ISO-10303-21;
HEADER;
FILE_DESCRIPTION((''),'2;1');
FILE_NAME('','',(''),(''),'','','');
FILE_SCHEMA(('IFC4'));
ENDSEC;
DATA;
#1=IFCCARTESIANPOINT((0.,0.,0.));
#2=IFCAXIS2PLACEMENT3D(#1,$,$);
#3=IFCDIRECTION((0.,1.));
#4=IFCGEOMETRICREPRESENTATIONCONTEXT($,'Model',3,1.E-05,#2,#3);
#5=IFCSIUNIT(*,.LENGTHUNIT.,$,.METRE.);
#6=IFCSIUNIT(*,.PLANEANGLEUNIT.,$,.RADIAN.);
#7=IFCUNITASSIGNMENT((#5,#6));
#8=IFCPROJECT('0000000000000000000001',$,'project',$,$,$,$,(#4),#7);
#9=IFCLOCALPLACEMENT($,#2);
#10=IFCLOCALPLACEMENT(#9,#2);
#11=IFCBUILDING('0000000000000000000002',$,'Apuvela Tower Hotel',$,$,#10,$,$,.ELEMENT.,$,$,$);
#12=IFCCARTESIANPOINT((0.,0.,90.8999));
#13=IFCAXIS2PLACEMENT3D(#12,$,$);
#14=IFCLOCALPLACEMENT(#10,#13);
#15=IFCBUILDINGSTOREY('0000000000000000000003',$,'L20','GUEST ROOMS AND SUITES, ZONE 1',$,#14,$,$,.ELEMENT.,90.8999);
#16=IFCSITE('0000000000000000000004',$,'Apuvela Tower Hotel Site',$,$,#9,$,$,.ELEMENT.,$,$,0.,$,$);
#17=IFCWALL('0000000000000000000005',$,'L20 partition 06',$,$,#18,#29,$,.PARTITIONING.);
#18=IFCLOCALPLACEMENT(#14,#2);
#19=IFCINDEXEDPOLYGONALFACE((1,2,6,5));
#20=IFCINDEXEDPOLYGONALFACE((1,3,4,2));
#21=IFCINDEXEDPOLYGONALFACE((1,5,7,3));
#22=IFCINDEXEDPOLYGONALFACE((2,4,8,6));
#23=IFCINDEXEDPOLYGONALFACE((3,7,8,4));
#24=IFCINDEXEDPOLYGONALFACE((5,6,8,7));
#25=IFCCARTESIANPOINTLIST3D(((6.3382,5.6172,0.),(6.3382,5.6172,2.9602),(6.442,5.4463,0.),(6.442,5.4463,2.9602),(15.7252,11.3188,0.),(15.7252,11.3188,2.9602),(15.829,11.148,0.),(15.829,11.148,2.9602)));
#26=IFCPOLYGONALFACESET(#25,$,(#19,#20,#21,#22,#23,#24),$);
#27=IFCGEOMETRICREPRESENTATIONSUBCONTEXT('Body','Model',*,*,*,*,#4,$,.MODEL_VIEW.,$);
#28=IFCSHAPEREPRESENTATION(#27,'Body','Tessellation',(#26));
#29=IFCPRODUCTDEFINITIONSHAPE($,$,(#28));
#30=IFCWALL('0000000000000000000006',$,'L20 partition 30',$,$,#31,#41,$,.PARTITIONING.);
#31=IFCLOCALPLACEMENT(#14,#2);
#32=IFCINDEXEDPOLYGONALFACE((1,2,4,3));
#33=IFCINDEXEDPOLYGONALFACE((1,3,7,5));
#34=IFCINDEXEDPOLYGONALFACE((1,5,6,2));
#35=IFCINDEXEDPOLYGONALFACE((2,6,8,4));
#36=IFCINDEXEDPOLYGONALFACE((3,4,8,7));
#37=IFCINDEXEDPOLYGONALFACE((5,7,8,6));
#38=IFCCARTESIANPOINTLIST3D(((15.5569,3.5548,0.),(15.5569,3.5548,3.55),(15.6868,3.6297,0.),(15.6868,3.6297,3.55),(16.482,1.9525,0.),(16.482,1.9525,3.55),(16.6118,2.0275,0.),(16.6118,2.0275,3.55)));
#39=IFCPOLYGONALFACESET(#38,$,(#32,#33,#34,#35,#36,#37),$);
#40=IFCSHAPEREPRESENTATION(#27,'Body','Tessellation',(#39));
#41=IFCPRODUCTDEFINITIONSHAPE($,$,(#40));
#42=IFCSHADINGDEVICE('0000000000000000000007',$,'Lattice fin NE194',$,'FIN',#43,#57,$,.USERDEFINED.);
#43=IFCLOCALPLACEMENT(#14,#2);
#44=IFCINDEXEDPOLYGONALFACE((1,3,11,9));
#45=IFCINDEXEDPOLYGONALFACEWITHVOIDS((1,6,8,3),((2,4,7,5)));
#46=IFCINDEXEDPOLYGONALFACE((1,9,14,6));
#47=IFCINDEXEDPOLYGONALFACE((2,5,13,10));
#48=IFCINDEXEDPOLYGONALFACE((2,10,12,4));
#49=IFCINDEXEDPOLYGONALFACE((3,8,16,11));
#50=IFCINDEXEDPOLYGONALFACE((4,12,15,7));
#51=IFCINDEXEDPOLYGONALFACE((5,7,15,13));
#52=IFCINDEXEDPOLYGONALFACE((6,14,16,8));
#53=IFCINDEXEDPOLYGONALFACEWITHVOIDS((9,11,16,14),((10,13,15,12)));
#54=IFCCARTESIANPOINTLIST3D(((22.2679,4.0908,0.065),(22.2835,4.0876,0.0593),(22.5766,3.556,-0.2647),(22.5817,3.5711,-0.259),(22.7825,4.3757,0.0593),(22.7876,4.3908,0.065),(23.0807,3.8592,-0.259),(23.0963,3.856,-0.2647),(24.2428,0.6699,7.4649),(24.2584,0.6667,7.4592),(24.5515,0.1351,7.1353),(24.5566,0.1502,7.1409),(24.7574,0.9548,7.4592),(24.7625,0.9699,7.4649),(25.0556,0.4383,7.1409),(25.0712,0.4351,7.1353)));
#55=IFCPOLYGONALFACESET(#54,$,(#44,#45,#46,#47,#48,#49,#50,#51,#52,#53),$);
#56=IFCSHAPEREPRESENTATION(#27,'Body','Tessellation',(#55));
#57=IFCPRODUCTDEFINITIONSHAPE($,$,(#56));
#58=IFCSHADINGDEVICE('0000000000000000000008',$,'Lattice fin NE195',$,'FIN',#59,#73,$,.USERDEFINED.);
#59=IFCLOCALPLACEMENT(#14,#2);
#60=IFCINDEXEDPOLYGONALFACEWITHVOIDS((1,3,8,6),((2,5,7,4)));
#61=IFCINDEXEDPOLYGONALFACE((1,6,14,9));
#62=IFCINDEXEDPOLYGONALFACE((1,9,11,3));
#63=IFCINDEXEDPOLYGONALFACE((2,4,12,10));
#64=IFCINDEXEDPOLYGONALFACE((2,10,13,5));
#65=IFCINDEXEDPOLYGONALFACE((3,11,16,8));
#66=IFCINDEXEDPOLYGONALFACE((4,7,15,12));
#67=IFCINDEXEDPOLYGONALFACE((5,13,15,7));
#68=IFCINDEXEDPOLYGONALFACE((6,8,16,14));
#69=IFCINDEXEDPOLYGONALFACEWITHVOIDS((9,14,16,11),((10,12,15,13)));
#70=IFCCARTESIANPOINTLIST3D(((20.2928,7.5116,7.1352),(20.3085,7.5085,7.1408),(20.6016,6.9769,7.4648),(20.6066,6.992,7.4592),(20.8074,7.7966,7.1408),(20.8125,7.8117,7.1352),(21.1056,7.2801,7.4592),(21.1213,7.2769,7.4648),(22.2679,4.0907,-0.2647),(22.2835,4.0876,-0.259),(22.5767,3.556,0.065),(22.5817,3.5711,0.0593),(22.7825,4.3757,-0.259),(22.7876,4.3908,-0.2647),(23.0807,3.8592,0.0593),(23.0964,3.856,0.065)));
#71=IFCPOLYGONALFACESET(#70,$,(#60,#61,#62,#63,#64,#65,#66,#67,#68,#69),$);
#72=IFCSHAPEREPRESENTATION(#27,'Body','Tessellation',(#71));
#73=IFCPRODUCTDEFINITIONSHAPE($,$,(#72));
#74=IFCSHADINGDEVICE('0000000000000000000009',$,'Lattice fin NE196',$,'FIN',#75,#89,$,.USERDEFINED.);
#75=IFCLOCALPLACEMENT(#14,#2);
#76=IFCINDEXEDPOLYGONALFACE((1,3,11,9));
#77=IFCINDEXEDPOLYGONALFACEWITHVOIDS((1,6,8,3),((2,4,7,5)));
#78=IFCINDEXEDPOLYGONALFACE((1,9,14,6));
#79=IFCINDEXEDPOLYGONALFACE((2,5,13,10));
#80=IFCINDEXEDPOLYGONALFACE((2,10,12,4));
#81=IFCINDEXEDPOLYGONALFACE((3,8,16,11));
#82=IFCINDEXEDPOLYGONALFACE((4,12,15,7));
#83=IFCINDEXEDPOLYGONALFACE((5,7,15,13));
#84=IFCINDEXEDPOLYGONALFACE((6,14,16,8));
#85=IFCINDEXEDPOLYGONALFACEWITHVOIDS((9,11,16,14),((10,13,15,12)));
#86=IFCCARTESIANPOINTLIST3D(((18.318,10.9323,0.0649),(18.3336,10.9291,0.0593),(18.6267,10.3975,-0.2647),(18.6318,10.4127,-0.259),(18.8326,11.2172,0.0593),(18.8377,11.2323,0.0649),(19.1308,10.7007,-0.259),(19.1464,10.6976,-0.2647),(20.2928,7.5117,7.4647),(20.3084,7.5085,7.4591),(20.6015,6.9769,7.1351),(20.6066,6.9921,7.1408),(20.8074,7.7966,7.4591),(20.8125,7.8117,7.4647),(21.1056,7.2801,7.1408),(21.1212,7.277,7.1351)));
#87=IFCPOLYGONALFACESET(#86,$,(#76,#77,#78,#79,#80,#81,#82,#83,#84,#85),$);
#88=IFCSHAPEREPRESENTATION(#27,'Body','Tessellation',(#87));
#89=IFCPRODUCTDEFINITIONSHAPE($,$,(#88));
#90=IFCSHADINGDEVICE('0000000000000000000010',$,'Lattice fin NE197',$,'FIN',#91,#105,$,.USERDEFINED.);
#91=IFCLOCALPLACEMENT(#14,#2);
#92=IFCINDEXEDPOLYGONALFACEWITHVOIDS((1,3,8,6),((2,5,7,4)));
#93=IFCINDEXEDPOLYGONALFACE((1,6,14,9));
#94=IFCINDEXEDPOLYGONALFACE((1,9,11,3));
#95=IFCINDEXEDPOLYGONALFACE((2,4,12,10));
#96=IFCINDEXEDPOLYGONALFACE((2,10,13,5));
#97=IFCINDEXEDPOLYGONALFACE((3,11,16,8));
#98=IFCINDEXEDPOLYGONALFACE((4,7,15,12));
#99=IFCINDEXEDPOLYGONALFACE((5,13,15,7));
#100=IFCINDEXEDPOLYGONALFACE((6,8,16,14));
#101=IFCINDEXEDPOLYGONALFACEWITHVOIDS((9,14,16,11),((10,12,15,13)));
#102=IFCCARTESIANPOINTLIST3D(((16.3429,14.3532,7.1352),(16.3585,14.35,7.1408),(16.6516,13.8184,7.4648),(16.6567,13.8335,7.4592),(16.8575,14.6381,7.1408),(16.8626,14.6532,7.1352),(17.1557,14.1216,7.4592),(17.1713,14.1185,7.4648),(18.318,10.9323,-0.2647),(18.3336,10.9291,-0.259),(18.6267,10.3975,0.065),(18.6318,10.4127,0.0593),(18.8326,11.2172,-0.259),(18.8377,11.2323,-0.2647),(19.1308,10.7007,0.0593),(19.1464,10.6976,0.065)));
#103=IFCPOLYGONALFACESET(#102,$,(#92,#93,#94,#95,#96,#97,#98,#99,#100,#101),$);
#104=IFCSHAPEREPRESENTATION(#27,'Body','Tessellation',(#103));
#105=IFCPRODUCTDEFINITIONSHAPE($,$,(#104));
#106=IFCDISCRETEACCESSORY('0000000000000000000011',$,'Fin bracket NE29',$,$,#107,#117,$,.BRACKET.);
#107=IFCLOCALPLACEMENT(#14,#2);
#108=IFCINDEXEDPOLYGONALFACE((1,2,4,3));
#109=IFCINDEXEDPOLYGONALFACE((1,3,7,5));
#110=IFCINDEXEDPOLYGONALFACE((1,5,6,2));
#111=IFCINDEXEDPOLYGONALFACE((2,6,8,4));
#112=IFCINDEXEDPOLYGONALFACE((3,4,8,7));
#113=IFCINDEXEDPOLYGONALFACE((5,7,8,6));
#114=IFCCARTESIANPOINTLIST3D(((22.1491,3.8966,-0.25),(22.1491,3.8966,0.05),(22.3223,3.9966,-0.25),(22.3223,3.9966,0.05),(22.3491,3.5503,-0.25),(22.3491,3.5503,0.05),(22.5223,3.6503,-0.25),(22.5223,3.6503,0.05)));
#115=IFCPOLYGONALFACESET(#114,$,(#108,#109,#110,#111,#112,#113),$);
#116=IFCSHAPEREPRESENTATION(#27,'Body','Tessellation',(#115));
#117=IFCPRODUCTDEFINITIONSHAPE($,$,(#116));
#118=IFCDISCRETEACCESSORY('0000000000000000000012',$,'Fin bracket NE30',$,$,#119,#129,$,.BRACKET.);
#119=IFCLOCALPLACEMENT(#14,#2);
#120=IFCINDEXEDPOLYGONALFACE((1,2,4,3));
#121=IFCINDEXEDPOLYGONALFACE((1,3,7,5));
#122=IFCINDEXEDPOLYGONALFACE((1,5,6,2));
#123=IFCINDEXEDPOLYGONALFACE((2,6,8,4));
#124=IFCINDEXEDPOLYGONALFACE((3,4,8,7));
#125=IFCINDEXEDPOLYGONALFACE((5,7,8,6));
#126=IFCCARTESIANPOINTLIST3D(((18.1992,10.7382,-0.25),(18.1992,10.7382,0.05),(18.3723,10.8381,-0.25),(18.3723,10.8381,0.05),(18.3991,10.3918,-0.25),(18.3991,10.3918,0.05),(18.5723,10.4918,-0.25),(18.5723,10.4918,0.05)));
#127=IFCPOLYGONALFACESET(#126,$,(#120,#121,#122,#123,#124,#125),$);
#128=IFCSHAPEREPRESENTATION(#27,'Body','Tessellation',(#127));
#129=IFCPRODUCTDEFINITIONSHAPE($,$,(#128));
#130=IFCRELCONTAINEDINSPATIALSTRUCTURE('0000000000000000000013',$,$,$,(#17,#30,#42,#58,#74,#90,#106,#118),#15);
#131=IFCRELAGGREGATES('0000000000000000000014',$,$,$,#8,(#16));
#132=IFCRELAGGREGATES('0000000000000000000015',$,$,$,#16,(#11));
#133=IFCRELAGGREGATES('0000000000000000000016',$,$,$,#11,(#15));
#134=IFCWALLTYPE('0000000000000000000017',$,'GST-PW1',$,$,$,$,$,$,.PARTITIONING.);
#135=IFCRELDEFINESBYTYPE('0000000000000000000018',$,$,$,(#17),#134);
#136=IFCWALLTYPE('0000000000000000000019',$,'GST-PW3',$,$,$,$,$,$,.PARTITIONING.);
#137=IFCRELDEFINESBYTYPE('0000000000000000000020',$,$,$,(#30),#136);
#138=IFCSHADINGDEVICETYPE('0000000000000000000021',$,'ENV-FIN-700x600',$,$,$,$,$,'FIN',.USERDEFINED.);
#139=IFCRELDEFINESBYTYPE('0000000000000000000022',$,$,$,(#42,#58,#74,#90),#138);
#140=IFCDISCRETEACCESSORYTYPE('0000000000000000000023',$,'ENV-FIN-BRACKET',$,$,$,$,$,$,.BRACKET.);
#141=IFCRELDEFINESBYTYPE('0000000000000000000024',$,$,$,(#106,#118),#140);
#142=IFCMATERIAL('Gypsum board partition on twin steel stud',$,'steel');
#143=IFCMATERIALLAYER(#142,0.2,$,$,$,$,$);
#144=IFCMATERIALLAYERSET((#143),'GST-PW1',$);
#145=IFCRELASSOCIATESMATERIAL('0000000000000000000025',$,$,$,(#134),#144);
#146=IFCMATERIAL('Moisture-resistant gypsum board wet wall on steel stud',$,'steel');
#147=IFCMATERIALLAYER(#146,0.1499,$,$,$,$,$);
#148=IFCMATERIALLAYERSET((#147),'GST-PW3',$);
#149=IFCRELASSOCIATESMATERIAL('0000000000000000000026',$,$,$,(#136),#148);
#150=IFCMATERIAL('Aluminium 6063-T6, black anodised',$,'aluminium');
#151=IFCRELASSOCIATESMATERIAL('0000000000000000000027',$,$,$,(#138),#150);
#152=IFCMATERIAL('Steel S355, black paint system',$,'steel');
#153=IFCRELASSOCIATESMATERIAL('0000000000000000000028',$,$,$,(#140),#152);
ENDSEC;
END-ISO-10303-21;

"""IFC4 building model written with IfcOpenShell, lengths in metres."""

from ifc_helpers import new_model, si_unit, direction, frame, frame_2d, origin, origin_2d, place, context, subcontext, project, spatial, rectangle, hollow_rectangle, extrude, material, layer, layer_set, material_profile, profile_set, type_object, element, save


model = new_model("IFC4")

# Units and contexts
model_context = context("Model", 3, precision=1e-05, world=origin(), true_north=direction((0.0, 1.0)))
body_context = subcontext(model_context, "Body", "Model", "MODEL_VIEW")
ifc_project = project(units=[si_unit("LENGTHUNIT", "METRE"), si_unit("PLANEANGLEUNIT", "RADIAN")], contexts=[model_context])

# Site, building, storey
site_placement = place(None, origin())
site = spatial("IfcSite", under=ifc_project, at=site_placement, Name="Apuvela Tower Hotel Site", CompositionType="ELEMENT", RefElevation=0.0)
building_placement = place(site_placement, origin())
building = spatial("IfcBuilding", under=site, at=building_placement, Name="Apuvela Tower Hotel", CompositionType="ELEMENT")
storey_placement = place(building_placement, frame((0.0, 0.0, 90.8999)))
storey = spatial("IfcBuildingStorey", under=building, at=storey_placement, Name="L20", Description="GUEST ROOMS AND SUITES, ZONE 1", CompositionType="ELEMENT", Elevation=90.8999)

# Walls
ifc_material_1 = material(Name="Gypsum board partition on twin steel stud", Category="steel")
ifc_layer_1 = layer(ifc_material_1, 0.2)
ifc_layer_set_1 = layer_set([ifc_layer_1], Name="GST-PW1")
wall_type_1 = type_object("IfcWallType", Name="GST-PW1", PredefinedType="PARTITIONING", material=ifc_layer_set_1)
wall_1_placement = place(storey_placement, frame((15.7771, 11.2334, 0.0), z_axis=(0.0, 0.0, 1.0), x_axis=(-0.854689, -0.51914, 0.0)))
element("IfcWall", 1, at=wall_1_placement, inside=storey, type_object=wall_type_1, Name="L20 partition 06", PredefinedType="PARTITIONING", context=body_context, shape_type="SweptSolid", body=[
    extrude(rectangle(XDim=10.9829, YDim=0.2, at=frame_2d((5.4915, 0.0))), origin(), (0.0, 0.0, 1.0), 2.9602),
])
ifc_material_2 = material(Name="Moisture-resistant gypsum board wet wall on steel stud", Category="steel")
ifc_layer_2 = layer(ifc_material_2, 0.1499)
ifc_layer_set_2 = layer_set([ifc_layer_2], Name="GST-PW3")
wall_type_2 = type_object("IfcWallType", Name="GST-PW3", PredefinedType="PARTITIONING", material=ifc_layer_set_2)
wall_2_placement = place(storey_placement, frame((16.5469, 1.99, 0.0), z_axis=(0.0, 0.0, 1.0), x_axis=(-0.499985, 0.866034, 0.0)))
element("IfcWall", 2, at=wall_2_placement, inside=storey, type_object=wall_type_2, Name="L20 partition 30", PredefinedType="PARTITIONING", context=body_context, shape_type="SweptSolid", body=[
    extrude(rectangle(XDim=1.8501, YDim=0.1499, at=frame_2d((0.925, 0.0))), origin(), (0.0, 0.0, 1.0), 3.55),
])

# Shading devices
ifc_material_3 = material(Name="Aluminium 6063-T6, black anodised", Category="aluminium")
ifc_material_profile_1 = material_profile(ifc_material_3, hollow_rectangle(XDim=0.6001, YDim=0.7, WallThickness=0.012, at=origin_2d()), Name="AL BOX 700x600x12")
ifc_profile_set_1 = profile_set([ifc_material_profile_1], Name="Aluminium 6063-T6, black anodised")
shading_device_type = type_object("IfcShadingDeviceType", Name="ENV-FIN-700x600", ElementType="FIN", PredefinedType="USERDEFINED", material=ifc_profile_set_1)
for number, where, z_axis, x_axis, name in (
    (3, (22.6821, 3.9734, -0.0999), (0.235434, -0.407825, 0.882185), (0.866048, 0.499961, 0.0), "Lattice fin NE194"),
    (4, (22.6821, 3.9734, -0.0999), (-0.235461, 0.407822, 0.882179), (-0.866021, -0.500008, 0.0), "Lattice fin NE195"),
):
    element("IfcShadingDevice", number, at=place(storey_placement, frame(where, z_axis=z_axis, x_axis=x_axis)), inside=storey, type_object=shading_device_type, Name=name, ObjectType="FIN", PredefinedType="USERDEFINED", context=body_context, shape_type="SweptSolid", body=[
        extrude(hollow_rectangle(XDim=0.6001, YDim=0.7, WallThickness=0.012, at=origin_2d()), origin(), (0.0, 0.0, 1.0), 8.3882),
    ])
shading_device_1_placement = place(storey_placement, frame((18.7322, 10.8149, -0.0999), z_axis=(0.235436, -0.407801, 0.882195), x_axis=(0.866032, 0.499988, 0.0)))
element("IfcShadingDevice", 5, at=shading_device_1_placement, inside=storey, type_object=shading_device_type, Name="Lattice fin NE196", ObjectType="FIN", PredefinedType="USERDEFINED", context=body_context, shape_type="SweptSolid", body=[
    extrude(hollow_rectangle(XDim=0.6001, YDim=0.7, WallThickness=0.012, at=origin_2d()), origin(), (0.0, 0.0, 1.0), 8.3879),
])
shading_device_2_placement = place(storey_placement, frame((18.7322, 10.8149, -0.0999), z_axis=(-0.235461, 0.407822, 0.882179), x_axis=(-0.866021, -0.500008, 0.0)))
element("IfcShadingDevice", 6, at=shading_device_2_placement, inside=storey, type_object=shading_device_type, Name="Lattice fin NE197", ObjectType="FIN", PredefinedType="USERDEFINED", context=body_context, shape_type="SweptSolid", body=[
    extrude(hollow_rectangle(XDim=0.6001, YDim=0.7, WallThickness=0.012, at=origin_2d()), origin(), (0.0, 0.0, 1.0), 8.3882),
])

# Discrete accessories
ifc_material_4 = material(Name="Steel S355, black paint system", Category="steel")
discrete_accessory_type = type_object("IfcDiscreteAccessoryType", Name="ENV-FIN-BRACKET", PredefinedType="BRACKET", material=ifc_material_4)
for number, where, z_axis, x_axis, name in (
    (7, (22.3357, 3.7734, -0.25), (0.0, 0.0, 1.0), (-0.5, 0.866025, 0.0), "Fin bracket NE29"),
    (8, (18.3857, 10.615, -0.25), (0.0, 0.0, 1.0), (-0.5, 0.866025, 0.0), "Fin bracket NE30"),
):
    element("IfcDiscreteAccessory", number, at=place(storey_placement, frame(where, z_axis=z_axis, x_axis=x_axis)), inside=storey, type_object=discrete_accessory_type, Name=name, PredefinedType="BRACKET", context=body_context, shape_type="SweptSolid", body=[
        extrude(rectangle(XDim=0.3999, YDim=0.2, at=origin_2d()), origin(), (0.0, 0.0, 1.0), 0.3),
    ])

save(model, "model.ifc")
